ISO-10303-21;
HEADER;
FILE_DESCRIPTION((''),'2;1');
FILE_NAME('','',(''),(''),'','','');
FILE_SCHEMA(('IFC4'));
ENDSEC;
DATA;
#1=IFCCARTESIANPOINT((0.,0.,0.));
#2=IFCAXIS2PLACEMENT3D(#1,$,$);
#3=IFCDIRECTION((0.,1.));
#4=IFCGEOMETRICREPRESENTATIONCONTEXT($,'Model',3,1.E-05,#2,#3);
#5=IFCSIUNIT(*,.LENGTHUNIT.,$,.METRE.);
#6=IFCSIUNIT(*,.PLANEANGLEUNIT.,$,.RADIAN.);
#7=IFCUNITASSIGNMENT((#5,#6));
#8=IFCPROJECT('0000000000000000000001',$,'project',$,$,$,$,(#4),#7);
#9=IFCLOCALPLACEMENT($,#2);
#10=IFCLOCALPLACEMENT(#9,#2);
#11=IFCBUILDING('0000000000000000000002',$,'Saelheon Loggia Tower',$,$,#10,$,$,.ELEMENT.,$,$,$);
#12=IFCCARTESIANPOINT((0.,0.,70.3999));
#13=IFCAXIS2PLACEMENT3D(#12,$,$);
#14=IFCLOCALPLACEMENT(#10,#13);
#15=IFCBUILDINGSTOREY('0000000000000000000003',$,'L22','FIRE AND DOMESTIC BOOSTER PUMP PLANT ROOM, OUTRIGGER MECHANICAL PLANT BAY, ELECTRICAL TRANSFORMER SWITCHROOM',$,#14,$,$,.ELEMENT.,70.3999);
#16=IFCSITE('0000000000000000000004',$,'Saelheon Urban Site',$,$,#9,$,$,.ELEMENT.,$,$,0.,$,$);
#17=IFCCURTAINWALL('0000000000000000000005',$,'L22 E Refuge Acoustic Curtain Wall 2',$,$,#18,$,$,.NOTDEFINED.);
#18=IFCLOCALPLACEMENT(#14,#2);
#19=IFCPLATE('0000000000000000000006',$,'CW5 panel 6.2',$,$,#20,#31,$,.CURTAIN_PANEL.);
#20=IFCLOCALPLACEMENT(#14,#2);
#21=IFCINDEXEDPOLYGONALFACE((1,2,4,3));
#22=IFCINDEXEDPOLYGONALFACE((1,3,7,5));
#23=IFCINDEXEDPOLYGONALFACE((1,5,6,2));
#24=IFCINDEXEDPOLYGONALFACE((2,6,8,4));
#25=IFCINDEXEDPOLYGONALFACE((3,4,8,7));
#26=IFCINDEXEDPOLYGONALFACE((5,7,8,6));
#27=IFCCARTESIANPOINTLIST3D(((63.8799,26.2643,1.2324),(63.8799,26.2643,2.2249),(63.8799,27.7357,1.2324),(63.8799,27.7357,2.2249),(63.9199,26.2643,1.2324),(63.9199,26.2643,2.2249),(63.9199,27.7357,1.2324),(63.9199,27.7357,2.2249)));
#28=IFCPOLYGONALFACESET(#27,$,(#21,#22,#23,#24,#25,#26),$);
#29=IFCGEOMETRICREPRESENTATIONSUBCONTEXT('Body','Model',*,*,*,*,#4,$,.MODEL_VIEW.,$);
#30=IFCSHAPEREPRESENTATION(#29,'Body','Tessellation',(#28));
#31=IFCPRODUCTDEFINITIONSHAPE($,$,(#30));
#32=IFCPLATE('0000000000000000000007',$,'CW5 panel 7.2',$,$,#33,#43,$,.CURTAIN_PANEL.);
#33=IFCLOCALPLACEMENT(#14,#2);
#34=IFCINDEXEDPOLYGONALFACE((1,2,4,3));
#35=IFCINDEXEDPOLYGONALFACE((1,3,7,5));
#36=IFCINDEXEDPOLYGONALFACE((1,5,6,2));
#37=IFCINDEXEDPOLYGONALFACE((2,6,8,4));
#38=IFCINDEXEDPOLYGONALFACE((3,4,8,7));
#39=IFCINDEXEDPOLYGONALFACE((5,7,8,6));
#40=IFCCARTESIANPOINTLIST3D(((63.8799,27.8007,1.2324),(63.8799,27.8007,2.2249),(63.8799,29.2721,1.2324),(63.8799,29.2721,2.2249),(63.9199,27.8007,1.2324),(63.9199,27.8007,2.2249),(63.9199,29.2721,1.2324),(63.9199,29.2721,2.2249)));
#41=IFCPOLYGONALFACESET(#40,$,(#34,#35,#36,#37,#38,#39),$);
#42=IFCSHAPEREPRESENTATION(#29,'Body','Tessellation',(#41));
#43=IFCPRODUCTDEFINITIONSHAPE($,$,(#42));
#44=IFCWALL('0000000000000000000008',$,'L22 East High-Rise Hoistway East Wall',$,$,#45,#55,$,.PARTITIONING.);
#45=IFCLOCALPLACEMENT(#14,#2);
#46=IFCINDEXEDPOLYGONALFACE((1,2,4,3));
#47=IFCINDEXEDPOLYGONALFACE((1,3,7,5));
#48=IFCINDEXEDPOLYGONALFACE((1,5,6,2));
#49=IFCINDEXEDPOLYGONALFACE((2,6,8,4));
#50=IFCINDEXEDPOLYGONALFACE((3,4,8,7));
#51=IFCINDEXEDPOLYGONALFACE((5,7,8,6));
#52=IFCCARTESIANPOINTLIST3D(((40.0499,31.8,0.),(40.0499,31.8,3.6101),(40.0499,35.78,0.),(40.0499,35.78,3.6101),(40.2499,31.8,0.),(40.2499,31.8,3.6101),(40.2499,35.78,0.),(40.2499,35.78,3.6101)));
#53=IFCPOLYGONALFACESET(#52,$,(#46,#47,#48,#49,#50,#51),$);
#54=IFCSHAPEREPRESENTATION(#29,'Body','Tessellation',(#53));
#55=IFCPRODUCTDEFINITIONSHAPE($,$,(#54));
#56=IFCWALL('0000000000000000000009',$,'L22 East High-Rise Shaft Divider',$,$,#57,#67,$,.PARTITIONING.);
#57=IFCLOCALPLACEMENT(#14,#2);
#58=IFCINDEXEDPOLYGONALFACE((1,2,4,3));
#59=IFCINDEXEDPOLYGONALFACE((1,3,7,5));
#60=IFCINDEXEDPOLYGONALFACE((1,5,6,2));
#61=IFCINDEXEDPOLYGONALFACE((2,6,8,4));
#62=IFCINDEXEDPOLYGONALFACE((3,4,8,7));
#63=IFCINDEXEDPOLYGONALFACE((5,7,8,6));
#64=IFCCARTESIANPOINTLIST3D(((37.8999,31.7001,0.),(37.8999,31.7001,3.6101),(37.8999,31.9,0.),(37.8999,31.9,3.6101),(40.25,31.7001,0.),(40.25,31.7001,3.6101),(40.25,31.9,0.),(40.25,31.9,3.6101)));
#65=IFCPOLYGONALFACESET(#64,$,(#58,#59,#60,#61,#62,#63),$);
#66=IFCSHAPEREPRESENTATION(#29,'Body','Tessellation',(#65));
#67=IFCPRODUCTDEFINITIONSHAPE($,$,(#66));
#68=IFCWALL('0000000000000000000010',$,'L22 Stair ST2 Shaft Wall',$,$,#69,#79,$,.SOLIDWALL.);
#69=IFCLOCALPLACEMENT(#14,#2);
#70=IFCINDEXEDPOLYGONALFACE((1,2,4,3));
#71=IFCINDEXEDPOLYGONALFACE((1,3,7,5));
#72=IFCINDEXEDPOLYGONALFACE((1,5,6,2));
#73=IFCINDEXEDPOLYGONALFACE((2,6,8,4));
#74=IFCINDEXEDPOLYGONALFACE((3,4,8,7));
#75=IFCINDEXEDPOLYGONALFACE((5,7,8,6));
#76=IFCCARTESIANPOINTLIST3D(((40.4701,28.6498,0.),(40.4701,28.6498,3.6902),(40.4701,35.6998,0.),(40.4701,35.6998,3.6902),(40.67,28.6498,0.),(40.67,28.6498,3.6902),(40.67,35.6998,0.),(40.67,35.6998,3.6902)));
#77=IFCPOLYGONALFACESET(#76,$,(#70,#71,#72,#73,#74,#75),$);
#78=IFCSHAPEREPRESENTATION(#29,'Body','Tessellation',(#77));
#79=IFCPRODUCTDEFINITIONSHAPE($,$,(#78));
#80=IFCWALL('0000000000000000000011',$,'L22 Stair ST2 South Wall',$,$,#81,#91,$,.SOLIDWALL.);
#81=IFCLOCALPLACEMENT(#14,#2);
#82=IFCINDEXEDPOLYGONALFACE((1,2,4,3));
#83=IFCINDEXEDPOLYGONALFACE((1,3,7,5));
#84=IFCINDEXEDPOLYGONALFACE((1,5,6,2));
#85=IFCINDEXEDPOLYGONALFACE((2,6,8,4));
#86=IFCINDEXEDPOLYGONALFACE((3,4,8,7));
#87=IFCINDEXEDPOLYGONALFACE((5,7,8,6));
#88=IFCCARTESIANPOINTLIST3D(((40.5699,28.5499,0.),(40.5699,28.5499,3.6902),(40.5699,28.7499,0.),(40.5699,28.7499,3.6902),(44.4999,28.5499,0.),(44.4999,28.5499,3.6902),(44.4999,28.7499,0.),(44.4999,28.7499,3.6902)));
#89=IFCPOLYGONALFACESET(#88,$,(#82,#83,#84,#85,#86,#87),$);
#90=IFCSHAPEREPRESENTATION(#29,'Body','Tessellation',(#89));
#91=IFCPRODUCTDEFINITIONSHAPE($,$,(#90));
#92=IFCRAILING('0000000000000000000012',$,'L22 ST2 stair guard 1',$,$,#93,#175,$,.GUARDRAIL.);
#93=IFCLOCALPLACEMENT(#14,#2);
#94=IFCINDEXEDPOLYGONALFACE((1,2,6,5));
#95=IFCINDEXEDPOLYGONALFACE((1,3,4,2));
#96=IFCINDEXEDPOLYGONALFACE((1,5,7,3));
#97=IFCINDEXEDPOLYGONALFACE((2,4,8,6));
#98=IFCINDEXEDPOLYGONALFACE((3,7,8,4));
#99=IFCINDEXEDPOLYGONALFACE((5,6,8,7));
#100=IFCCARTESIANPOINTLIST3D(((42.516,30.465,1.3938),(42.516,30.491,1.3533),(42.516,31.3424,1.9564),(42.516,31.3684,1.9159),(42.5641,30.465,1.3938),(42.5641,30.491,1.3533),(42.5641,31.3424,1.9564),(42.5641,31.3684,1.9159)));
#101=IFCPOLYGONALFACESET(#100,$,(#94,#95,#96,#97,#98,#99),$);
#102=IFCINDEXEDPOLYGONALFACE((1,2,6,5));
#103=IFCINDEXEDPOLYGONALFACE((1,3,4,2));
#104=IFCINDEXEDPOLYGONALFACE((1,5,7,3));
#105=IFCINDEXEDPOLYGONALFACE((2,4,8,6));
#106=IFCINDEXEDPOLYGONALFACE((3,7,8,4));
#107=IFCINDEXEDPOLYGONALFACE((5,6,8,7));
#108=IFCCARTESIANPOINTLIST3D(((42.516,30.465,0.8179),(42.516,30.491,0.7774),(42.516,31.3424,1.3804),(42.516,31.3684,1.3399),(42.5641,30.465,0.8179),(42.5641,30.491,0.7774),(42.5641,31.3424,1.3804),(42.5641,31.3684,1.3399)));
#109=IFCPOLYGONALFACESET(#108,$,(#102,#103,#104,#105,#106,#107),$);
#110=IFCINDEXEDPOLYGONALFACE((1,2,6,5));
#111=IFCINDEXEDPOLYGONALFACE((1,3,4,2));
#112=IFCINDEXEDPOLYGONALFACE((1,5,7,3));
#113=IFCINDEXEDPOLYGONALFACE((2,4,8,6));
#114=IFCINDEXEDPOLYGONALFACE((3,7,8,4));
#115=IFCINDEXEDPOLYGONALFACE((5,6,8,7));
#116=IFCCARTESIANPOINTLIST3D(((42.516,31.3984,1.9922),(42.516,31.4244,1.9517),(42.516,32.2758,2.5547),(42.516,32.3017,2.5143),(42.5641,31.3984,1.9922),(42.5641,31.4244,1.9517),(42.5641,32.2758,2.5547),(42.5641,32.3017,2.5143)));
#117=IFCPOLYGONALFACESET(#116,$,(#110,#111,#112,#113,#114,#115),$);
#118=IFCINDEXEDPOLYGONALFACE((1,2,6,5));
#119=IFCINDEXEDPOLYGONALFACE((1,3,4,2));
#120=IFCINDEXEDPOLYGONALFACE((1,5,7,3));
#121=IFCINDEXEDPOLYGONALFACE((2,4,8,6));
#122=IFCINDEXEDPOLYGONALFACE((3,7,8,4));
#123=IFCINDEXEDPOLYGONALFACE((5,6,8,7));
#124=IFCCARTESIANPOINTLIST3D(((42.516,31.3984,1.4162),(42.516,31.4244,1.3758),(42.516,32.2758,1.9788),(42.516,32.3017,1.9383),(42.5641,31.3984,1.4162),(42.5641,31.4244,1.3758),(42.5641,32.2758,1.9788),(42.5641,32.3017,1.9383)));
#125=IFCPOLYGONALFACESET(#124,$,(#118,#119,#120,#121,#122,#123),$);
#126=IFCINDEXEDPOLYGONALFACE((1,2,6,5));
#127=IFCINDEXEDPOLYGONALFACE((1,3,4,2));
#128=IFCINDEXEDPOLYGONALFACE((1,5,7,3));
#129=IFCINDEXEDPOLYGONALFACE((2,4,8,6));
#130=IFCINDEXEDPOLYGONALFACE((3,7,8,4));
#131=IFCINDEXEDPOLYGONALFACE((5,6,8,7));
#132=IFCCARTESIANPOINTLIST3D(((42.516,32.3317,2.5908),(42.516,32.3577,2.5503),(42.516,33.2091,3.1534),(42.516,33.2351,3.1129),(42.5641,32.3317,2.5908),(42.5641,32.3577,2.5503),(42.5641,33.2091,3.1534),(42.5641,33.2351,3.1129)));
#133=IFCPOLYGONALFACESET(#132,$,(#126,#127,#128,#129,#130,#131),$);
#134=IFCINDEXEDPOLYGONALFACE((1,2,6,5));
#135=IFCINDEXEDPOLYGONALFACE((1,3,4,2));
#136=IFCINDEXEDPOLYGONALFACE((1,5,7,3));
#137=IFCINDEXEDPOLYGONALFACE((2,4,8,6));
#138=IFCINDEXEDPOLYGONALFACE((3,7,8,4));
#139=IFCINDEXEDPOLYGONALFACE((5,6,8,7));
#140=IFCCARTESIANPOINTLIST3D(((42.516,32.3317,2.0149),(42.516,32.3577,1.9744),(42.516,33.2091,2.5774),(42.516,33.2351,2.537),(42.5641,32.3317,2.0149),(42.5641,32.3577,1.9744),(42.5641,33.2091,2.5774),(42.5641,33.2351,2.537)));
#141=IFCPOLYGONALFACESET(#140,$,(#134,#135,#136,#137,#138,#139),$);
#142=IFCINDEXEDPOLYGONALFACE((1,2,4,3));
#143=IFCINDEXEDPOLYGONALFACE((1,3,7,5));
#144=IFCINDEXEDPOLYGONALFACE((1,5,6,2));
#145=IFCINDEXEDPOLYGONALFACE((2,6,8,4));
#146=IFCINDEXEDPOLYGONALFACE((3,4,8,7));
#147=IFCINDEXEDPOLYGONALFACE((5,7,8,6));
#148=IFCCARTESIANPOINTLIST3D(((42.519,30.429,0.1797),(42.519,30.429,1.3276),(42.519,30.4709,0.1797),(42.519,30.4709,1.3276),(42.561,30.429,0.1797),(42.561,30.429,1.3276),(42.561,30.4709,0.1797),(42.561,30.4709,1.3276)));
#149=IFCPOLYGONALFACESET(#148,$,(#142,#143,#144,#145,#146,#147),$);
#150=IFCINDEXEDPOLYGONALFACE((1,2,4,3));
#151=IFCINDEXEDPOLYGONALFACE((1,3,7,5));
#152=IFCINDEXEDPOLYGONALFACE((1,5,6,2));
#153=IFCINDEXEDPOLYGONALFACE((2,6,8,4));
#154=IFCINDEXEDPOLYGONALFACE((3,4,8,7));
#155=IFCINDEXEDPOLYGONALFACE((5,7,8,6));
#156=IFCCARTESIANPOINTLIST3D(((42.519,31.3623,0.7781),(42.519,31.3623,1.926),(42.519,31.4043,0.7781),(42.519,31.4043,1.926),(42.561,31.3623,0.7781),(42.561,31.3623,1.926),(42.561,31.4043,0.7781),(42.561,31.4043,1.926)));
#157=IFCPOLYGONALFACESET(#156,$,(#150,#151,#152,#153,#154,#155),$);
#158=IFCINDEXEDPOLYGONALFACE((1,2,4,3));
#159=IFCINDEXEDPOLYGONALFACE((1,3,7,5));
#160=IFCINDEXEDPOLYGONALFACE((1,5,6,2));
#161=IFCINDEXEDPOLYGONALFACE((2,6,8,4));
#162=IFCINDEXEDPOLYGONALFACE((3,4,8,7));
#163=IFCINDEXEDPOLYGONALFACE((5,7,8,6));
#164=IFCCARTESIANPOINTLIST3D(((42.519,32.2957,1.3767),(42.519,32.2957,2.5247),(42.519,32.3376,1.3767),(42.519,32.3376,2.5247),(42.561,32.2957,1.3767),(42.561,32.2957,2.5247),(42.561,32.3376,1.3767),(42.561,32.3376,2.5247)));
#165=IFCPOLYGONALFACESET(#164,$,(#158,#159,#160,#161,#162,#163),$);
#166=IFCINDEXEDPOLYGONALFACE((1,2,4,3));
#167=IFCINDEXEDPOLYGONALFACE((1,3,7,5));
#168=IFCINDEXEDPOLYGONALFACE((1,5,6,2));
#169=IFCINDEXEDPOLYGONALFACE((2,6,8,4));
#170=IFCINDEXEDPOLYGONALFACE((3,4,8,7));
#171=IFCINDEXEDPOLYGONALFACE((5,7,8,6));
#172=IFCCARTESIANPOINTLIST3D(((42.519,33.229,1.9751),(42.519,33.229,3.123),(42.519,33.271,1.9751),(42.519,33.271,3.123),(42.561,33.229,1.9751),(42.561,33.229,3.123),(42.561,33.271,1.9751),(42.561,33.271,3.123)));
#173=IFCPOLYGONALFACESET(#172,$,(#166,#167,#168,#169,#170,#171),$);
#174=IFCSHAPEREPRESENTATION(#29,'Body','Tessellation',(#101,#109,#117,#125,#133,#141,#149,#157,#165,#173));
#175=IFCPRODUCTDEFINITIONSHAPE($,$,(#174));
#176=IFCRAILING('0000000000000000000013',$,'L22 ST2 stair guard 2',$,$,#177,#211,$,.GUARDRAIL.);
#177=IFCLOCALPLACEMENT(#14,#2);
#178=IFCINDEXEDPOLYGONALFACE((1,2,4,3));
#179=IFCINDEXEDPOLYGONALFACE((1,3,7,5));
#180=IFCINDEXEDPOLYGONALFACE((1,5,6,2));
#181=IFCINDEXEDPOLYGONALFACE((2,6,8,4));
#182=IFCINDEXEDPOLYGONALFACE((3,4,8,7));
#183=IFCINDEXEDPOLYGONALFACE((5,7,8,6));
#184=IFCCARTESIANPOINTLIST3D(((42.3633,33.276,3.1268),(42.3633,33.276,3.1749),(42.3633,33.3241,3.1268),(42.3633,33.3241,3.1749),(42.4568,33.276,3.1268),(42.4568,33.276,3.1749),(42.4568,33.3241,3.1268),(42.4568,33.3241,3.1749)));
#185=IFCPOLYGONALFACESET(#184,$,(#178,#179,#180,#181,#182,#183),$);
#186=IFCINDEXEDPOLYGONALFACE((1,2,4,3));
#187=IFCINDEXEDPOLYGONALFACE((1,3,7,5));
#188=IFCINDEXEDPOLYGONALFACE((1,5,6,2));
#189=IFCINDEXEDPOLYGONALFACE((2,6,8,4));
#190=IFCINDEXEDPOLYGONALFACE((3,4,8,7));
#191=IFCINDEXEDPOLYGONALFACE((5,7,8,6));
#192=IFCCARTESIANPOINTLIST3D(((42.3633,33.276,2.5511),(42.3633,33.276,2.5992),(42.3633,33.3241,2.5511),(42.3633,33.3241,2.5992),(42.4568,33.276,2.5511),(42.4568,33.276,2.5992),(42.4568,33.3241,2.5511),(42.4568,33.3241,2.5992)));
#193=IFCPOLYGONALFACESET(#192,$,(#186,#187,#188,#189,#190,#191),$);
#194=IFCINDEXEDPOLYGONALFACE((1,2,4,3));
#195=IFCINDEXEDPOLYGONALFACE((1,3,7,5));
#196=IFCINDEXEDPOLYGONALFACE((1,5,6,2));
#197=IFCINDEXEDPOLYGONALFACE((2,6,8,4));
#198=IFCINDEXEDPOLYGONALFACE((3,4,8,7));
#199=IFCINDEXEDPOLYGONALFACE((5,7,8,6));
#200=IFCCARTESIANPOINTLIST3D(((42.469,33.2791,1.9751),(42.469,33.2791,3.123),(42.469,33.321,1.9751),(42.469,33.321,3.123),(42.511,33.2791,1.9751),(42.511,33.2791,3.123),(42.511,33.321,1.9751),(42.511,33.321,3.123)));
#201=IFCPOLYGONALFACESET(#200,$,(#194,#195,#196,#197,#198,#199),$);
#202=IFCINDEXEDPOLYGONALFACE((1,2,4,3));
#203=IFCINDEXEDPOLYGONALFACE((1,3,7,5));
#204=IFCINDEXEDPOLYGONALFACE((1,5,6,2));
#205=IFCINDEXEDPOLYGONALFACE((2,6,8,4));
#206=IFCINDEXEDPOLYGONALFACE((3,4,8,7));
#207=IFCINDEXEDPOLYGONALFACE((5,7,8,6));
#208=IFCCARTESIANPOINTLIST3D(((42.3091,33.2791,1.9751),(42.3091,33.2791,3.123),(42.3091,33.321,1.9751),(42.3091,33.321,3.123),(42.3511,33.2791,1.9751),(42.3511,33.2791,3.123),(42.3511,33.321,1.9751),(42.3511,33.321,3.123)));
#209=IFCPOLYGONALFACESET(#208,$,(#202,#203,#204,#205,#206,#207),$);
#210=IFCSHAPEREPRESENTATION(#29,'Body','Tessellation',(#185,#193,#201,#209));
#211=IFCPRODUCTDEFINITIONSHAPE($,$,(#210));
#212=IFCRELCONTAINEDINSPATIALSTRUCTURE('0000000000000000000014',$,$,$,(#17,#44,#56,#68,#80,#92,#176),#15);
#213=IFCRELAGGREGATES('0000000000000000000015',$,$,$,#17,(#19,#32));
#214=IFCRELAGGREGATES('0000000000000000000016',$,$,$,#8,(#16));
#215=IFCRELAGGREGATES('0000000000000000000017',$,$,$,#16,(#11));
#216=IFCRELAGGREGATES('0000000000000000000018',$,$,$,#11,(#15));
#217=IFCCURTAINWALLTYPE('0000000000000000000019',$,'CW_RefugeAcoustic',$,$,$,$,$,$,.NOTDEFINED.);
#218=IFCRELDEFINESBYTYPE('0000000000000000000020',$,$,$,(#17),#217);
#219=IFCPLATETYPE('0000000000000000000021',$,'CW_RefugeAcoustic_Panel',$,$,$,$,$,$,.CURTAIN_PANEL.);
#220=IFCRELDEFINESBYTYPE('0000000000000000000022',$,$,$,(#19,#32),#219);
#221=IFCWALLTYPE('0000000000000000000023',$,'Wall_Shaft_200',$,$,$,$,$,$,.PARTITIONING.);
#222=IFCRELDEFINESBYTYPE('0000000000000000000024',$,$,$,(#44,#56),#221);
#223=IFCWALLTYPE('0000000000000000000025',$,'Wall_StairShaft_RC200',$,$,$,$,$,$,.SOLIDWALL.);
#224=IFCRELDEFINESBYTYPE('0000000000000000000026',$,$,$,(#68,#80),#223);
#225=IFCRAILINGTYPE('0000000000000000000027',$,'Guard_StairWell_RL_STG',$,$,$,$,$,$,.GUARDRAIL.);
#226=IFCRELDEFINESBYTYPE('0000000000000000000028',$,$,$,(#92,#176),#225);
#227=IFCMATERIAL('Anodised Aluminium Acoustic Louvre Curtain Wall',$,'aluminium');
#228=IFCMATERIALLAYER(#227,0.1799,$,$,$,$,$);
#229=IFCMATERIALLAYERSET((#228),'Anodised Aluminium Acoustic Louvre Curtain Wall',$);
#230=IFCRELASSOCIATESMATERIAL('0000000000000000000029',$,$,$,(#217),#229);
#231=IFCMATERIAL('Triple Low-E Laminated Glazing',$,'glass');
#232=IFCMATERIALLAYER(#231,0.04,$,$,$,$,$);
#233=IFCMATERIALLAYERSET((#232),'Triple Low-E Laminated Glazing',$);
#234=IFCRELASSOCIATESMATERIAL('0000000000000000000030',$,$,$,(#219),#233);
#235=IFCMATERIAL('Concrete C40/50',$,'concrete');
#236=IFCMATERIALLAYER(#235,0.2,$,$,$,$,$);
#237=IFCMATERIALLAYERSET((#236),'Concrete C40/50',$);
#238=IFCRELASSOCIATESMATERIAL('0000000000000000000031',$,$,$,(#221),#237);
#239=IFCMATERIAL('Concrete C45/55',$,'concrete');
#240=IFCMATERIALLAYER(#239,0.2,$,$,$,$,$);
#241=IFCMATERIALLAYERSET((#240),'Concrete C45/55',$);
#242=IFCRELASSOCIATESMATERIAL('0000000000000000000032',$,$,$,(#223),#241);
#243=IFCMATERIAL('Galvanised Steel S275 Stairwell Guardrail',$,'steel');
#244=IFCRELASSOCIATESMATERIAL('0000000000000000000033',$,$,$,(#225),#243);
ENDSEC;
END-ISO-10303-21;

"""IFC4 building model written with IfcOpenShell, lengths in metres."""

from ifc_helpers import new_model, si_unit, direction, frame, frame_2d, origin, origin_2d, place, context, subcontext, project, spatial, rectangle, extrude, source, transform, mapped, material, layer, layer_set, type_object, element, aggregate, save


model = new_model("IFC4")

# Units and contexts
model_context = context("Model", 3, precision=1e-05, world=origin(), true_north=direction((0.0, 1.0)))
body_context = subcontext(model_context, "Body", "Model", "MODEL_VIEW")
ifc_project = project(units=[si_unit("LENGTHUNIT", "METRE"), si_unit("PLANEANGLEUNIT", "RADIAN")], contexts=[model_context])

# Site, building, storey
site_placement = place(None, origin())
site = spatial("IfcSite", under=ifc_project, at=site_placement, Name="Saelheon Urban Site", CompositionType="ELEMENT", RefElevation=0.0)
building_placement = place(site_placement, origin())
building = spatial("IfcBuilding", under=site, at=building_placement, Name="Saelheon Loggia Tower", CompositionType="ELEMENT")
storey_placement = place(building_placement, frame((0.0, 0.0, 70.3999)))
storey = spatial("IfcBuildingStorey", under=building, at=storey_placement, Name="L22", Description="FIRE AND DOMESTIC BOOSTER PUMP PLANT ROOM, OUTRIGGER MECHANICAL PLANT BAY, ELECTRICAL TRANSFORMER SWITCHROOM", CompositionType="ELEMENT", Elevation=70.3999)

# Curtain wall, plates
ifc_material_1 = material(Name="Anodised Aluminium Acoustic Louvre Curtain Wall", Category="aluminium")
ifc_layer_1 = layer(ifc_material_1, 0.1799)
ifc_layer_set_1 = layer_set([ifc_layer_1], Name="Anodised Aluminium Acoustic Louvre Curtain Wall")
curtain_wall_type = type_object("IfcCurtainWallType", Name="CW_RefugeAcoustic", PredefinedType="NOTDEFINED", material=ifc_layer_set_1)
curtain_wall_placement = place(storey_placement, origin())
curtain_wall = element("IfcCurtainWall", 1, at=curtain_wall_placement, inside=storey, type_object=curtain_wall_type, Name="L22 E Refuge Acoustic Curtain Wall 2", PredefinedType="NOTDEFINED")
ifc_material_2 = material(Name="Triple Low-E Laminated Glazing", Category="glass")
ifc_layer_2 = layer(ifc_material_2, 0.04)
ifc_layer_set_2 = layer_set([ifc_layer_2], Name="Triple Low-E Laminated Glazing")
plate_type = type_object("IfcPlateType", Name="CW_RefugeAcoustic_Panel", PredefinedType="CURTAIN_PANEL", material=ifc_layer_set_2)
shared_shape_1 = source(origin(), body_context, "Body", "SweptSolid", [
    extrude(rectangle(XDim=1.4714, YDim=0.04, at=origin_2d()), origin(), (0.0, 0.0, 1.0), 0.9924),
])
plate_1_placement = place(storey_placement, frame((63.8999, 27.0, 1.2324), z_axis=(0.0, 0.0, 1.0), x_axis=(0.0, 1.0, 0.0)))
plate_1 = element("IfcPlate", 2, at=plate_1_placement, type_object=plate_type, Name="CW5 panel 6.2", PredefinedType="CURTAIN_PANEL", context=body_context, shape_type="MappedRepresentation", body=[
    mapped(shared_shape_1, transform((0.0, 0.0, 0.0), scale=1.0)),
])
plate_2_placement = place(storey_placement, frame((63.8999, 28.5364, 1.2324), z_axis=(0.0, 0.0, 1.0), x_axis=(0.0, 1.0, 0.0)))
plate_2 = element("IfcPlate", 3, at=plate_2_placement, type_object=plate_type, Name="CW5 panel 7.2", PredefinedType="CURTAIN_PANEL", context=body_context, shape_type="MappedRepresentation", body=[
    mapped(shared_shape_1, transform((0.0, 0.0, 0.0), scale=1.0)),
])
aggregate(curtain_wall, [plate_1, plate_2])

# Walls
ifc_material_3 = material(Name="Concrete C40/50", Category="concrete")
ifc_layer_3 = layer(ifc_material_3, 0.2)
ifc_layer_set_3 = layer_set([ifc_layer_3], Name="Concrete C40/50")
wall_type_1 = type_object("IfcWallType", Name="Wall_Shaft_200", PredefinedType="PARTITIONING", material=ifc_layer_set_3)
wall_1_placement = place(storey_placement, frame((40.1499, 31.8, 0.0), z_axis=(0.0, 0.0, 1.0), x_axis=(0.0, 1.0, 0.0)))
element("IfcWall", 4, at=wall_1_placement, inside=storey, type_object=wall_type_1, Name="L22 East High-Rise Hoistway East Wall", PredefinedType="PARTITIONING", context=body_context, shape_type="SweptSolid", body=[
    extrude(rectangle(XDim=3.98, YDim=0.2, at=frame_2d((1.99, 0.0))), origin(), (0.0, 0.0, 1.0), 3.6101),
])
wall_2_placement = place(storey_placement, frame((37.8999, 31.8, 0.0), z_axis=(0.0, 0.0, 1.0), x_axis=(1.0, 0.0, 0.0)))
element("IfcWall", 5, at=wall_2_placement, inside=storey, type_object=wall_type_1, Name="L22 East High-Rise Shaft Divider", PredefinedType="PARTITIONING", context=body_context, shape_type="SweptSolid", body=[
    extrude(rectangle(XDim=2.3501, YDim=0.2, at=frame_2d((1.175, 0.0))), origin(), (0.0, 0.0, 1.0), 3.6101),
])
ifc_material_4 = material(Name="Concrete C45/55", Category="concrete")
ifc_layer_4 = layer(ifc_material_4, 0.2)
ifc_layer_set_4 = layer_set([ifc_layer_4], Name="Concrete C45/55")
wall_type_2 = type_object("IfcWallType", Name="Wall_StairShaft_RC200", PredefinedType="SOLIDWALL", material=ifc_layer_set_4)
wall_3_placement = place(storey_placement, frame((40.5701, 28.6499, 0.0), z_axis=(0.0, 0.0, 1.0), x_axis=(0.0, 1.0, 0.0)))
element("IfcWall", 6, at=wall_3_placement, inside=storey, type_object=wall_type_2, Name="L22 Stair ST2 Shaft Wall", PredefinedType="SOLIDWALL", context=body_context, shape_type="SweptSolid", body=[
    extrude(rectangle(XDim=7.05, YDim=0.2, at=frame_2d((3.5249, 0.0))), origin(), (0.0, 0.0, 1.0), 3.6902),
])
wall_4_placement = place(storey_placement, frame((40.5701, 28.6499, 0.0), z_axis=(0.0, 0.0, 1.0), x_axis=(1.0, 0.0, 0.0)))
element("IfcWall", 7, at=wall_4_placement, inside=storey, type_object=wall_type_2, Name="L22 Stair ST2 South Wall", PredefinedType="SOLIDWALL", context=body_context, shape_type="SweptSolid", body=[
    extrude(rectangle(XDim=3.9299, YDim=0.2, at=frame_2d((1.9648, 0.0))), origin(), (0.0, 0.0, 1.0), 3.6902),
])

# Railings
ifc_material_5 = material(Name="Galvanised Steel S275 Stairwell Guardrail", Category="steel")
railing_type_1 = type_object("IfcRailingType", Name="Guard_StairWell_RL_STG", PredefinedType="GUARDRAIL", material=ifc_material_5)
railing_1_placement = place(storey_placement, frame((42.54, 30.45, 0.1797)))
element("IfcRailing", 8, at=railing_1_placement, inside=storey, type_object=railing_type_1, Name="L22 ST2 stair guard 1", PredefinedType="GUARDRAIL", context=body_context, shape_type="SweptSolid", body=[
    extrude(rectangle(XDim=0.0481, YDim=0.0481, at=origin_2d()), frame((0.0, 0.0281, 1.1938), z_axis=(0.0, 0.84181, 0.539774), x_axis=(-1.0, 0.0, 0.0)), (0.0, 0.0, 1.0), 1.0422),
    extrude(rectangle(XDim=0.0481, YDim=0.0481, at=origin_2d()), frame((0.0, 0.0281, 0.6179), z_axis=(0.0, 0.84181, 0.539774), x_axis=(-1.0, 0.0, 0.0)), (0.0, 0.0, 1.0), 1.0422),
    extrude(rectangle(XDim=0.0481, YDim=0.0481, at=origin_2d()), frame((0.0, 0.9614, 1.7922), z_axis=(0.0, 0.84181, 0.539774), x_axis=(-1.0, 0.0, 0.0)), (0.0, 0.0, 1.0), 1.0422),
    extrude(rectangle(XDim=0.0481, YDim=0.0481, at=origin_2d()), frame((0.0, 0.9614, 1.2163), z_axis=(0.0, 0.84181, 0.539774), x_axis=(-1.0, 0.0, 0.0)), (0.0, 0.0, 1.0), 1.0422),
    extrude(rectangle(XDim=0.0481, YDim=0.0481, at=origin_2d()), frame((0.0, 1.8948, 2.3909), z_axis=(0.0, 0.84181, 0.539774), x_axis=(-1.0, 0.0, 0.0)), (0.0, 0.0, 1.0), 1.0422),
    extrude(rectangle(XDim=0.0481, YDim=0.0481, at=origin_2d()), frame((0.0, 1.8948, 1.8149), z_axis=(0.0, 0.84181, 0.539774), x_axis=(-1.0, 0.0, 0.0)), (0.0, 0.0, 1.0), 1.0422),
    extrude(rectangle(XDim=0.042, YDim=0.042, at=origin_2d()), origin(), (0.0, 0.0, 1.0), 1.1479),
    extrude(rectangle(XDim=0.042, YDim=0.042, at=origin_2d()), frame((0.0, 0.9333, 0.5984)), (0.0, 0.0, 1.0), 1.1479),
    extrude(rectangle(XDim=0.042, YDim=0.042, at=origin_2d()), frame((0.0, 1.8667, 1.197)), (0.0, 0.0, 1.0), 1.1479),
    extrude(rectangle(XDim=0.042, YDim=0.042, at=origin_2d()), frame((0.0, 2.8, 1.7954)), (0.0, 0.0, 1.0), 1.1479),
])
railing_2_placement = place(storey_placement, frame((42.49, 33.3, 1.9751)))
element("IfcRailing", 9, at=railing_2_placement, inside=storey, type_object=railing_type_1, Name="L22 ST2 stair guard 2", PredefinedType="GUARDRAIL", context=body_context, shape_type="SweptSolid", body=[
    extrude(rectangle(XDim=0.0481, YDim=0.0481, at=origin_2d()), frame((-0.0332, 0.0, 1.1758), z_axis=(-1.0, 0.0, 0.0), x_axis=(0.0, -1.0, 0.0)), (0.0, 0.0, 1.0), 0.0935),
    extrude(rectangle(XDim=0.0481, YDim=0.0481, at=origin_2d()), frame((-0.0332, 0.0, 0.6001), z_axis=(-1.0, 0.0, 0.0), x_axis=(0.0, -1.0, 0.0)), (0.0, 0.0, 1.0), 0.0935),
    extrude(rectangle(XDim=0.042, YDim=0.042, at=origin_2d()), origin(), (0.0, 0.0, 1.0), 1.1479),
    extrude(rectangle(XDim=0.042, YDim=0.042, at=origin_2d()), frame((-0.1599, 0.0, 0.0)), (0.0, 0.0, 1.0), 1.1479),
])

save(model, "model.ifc")
